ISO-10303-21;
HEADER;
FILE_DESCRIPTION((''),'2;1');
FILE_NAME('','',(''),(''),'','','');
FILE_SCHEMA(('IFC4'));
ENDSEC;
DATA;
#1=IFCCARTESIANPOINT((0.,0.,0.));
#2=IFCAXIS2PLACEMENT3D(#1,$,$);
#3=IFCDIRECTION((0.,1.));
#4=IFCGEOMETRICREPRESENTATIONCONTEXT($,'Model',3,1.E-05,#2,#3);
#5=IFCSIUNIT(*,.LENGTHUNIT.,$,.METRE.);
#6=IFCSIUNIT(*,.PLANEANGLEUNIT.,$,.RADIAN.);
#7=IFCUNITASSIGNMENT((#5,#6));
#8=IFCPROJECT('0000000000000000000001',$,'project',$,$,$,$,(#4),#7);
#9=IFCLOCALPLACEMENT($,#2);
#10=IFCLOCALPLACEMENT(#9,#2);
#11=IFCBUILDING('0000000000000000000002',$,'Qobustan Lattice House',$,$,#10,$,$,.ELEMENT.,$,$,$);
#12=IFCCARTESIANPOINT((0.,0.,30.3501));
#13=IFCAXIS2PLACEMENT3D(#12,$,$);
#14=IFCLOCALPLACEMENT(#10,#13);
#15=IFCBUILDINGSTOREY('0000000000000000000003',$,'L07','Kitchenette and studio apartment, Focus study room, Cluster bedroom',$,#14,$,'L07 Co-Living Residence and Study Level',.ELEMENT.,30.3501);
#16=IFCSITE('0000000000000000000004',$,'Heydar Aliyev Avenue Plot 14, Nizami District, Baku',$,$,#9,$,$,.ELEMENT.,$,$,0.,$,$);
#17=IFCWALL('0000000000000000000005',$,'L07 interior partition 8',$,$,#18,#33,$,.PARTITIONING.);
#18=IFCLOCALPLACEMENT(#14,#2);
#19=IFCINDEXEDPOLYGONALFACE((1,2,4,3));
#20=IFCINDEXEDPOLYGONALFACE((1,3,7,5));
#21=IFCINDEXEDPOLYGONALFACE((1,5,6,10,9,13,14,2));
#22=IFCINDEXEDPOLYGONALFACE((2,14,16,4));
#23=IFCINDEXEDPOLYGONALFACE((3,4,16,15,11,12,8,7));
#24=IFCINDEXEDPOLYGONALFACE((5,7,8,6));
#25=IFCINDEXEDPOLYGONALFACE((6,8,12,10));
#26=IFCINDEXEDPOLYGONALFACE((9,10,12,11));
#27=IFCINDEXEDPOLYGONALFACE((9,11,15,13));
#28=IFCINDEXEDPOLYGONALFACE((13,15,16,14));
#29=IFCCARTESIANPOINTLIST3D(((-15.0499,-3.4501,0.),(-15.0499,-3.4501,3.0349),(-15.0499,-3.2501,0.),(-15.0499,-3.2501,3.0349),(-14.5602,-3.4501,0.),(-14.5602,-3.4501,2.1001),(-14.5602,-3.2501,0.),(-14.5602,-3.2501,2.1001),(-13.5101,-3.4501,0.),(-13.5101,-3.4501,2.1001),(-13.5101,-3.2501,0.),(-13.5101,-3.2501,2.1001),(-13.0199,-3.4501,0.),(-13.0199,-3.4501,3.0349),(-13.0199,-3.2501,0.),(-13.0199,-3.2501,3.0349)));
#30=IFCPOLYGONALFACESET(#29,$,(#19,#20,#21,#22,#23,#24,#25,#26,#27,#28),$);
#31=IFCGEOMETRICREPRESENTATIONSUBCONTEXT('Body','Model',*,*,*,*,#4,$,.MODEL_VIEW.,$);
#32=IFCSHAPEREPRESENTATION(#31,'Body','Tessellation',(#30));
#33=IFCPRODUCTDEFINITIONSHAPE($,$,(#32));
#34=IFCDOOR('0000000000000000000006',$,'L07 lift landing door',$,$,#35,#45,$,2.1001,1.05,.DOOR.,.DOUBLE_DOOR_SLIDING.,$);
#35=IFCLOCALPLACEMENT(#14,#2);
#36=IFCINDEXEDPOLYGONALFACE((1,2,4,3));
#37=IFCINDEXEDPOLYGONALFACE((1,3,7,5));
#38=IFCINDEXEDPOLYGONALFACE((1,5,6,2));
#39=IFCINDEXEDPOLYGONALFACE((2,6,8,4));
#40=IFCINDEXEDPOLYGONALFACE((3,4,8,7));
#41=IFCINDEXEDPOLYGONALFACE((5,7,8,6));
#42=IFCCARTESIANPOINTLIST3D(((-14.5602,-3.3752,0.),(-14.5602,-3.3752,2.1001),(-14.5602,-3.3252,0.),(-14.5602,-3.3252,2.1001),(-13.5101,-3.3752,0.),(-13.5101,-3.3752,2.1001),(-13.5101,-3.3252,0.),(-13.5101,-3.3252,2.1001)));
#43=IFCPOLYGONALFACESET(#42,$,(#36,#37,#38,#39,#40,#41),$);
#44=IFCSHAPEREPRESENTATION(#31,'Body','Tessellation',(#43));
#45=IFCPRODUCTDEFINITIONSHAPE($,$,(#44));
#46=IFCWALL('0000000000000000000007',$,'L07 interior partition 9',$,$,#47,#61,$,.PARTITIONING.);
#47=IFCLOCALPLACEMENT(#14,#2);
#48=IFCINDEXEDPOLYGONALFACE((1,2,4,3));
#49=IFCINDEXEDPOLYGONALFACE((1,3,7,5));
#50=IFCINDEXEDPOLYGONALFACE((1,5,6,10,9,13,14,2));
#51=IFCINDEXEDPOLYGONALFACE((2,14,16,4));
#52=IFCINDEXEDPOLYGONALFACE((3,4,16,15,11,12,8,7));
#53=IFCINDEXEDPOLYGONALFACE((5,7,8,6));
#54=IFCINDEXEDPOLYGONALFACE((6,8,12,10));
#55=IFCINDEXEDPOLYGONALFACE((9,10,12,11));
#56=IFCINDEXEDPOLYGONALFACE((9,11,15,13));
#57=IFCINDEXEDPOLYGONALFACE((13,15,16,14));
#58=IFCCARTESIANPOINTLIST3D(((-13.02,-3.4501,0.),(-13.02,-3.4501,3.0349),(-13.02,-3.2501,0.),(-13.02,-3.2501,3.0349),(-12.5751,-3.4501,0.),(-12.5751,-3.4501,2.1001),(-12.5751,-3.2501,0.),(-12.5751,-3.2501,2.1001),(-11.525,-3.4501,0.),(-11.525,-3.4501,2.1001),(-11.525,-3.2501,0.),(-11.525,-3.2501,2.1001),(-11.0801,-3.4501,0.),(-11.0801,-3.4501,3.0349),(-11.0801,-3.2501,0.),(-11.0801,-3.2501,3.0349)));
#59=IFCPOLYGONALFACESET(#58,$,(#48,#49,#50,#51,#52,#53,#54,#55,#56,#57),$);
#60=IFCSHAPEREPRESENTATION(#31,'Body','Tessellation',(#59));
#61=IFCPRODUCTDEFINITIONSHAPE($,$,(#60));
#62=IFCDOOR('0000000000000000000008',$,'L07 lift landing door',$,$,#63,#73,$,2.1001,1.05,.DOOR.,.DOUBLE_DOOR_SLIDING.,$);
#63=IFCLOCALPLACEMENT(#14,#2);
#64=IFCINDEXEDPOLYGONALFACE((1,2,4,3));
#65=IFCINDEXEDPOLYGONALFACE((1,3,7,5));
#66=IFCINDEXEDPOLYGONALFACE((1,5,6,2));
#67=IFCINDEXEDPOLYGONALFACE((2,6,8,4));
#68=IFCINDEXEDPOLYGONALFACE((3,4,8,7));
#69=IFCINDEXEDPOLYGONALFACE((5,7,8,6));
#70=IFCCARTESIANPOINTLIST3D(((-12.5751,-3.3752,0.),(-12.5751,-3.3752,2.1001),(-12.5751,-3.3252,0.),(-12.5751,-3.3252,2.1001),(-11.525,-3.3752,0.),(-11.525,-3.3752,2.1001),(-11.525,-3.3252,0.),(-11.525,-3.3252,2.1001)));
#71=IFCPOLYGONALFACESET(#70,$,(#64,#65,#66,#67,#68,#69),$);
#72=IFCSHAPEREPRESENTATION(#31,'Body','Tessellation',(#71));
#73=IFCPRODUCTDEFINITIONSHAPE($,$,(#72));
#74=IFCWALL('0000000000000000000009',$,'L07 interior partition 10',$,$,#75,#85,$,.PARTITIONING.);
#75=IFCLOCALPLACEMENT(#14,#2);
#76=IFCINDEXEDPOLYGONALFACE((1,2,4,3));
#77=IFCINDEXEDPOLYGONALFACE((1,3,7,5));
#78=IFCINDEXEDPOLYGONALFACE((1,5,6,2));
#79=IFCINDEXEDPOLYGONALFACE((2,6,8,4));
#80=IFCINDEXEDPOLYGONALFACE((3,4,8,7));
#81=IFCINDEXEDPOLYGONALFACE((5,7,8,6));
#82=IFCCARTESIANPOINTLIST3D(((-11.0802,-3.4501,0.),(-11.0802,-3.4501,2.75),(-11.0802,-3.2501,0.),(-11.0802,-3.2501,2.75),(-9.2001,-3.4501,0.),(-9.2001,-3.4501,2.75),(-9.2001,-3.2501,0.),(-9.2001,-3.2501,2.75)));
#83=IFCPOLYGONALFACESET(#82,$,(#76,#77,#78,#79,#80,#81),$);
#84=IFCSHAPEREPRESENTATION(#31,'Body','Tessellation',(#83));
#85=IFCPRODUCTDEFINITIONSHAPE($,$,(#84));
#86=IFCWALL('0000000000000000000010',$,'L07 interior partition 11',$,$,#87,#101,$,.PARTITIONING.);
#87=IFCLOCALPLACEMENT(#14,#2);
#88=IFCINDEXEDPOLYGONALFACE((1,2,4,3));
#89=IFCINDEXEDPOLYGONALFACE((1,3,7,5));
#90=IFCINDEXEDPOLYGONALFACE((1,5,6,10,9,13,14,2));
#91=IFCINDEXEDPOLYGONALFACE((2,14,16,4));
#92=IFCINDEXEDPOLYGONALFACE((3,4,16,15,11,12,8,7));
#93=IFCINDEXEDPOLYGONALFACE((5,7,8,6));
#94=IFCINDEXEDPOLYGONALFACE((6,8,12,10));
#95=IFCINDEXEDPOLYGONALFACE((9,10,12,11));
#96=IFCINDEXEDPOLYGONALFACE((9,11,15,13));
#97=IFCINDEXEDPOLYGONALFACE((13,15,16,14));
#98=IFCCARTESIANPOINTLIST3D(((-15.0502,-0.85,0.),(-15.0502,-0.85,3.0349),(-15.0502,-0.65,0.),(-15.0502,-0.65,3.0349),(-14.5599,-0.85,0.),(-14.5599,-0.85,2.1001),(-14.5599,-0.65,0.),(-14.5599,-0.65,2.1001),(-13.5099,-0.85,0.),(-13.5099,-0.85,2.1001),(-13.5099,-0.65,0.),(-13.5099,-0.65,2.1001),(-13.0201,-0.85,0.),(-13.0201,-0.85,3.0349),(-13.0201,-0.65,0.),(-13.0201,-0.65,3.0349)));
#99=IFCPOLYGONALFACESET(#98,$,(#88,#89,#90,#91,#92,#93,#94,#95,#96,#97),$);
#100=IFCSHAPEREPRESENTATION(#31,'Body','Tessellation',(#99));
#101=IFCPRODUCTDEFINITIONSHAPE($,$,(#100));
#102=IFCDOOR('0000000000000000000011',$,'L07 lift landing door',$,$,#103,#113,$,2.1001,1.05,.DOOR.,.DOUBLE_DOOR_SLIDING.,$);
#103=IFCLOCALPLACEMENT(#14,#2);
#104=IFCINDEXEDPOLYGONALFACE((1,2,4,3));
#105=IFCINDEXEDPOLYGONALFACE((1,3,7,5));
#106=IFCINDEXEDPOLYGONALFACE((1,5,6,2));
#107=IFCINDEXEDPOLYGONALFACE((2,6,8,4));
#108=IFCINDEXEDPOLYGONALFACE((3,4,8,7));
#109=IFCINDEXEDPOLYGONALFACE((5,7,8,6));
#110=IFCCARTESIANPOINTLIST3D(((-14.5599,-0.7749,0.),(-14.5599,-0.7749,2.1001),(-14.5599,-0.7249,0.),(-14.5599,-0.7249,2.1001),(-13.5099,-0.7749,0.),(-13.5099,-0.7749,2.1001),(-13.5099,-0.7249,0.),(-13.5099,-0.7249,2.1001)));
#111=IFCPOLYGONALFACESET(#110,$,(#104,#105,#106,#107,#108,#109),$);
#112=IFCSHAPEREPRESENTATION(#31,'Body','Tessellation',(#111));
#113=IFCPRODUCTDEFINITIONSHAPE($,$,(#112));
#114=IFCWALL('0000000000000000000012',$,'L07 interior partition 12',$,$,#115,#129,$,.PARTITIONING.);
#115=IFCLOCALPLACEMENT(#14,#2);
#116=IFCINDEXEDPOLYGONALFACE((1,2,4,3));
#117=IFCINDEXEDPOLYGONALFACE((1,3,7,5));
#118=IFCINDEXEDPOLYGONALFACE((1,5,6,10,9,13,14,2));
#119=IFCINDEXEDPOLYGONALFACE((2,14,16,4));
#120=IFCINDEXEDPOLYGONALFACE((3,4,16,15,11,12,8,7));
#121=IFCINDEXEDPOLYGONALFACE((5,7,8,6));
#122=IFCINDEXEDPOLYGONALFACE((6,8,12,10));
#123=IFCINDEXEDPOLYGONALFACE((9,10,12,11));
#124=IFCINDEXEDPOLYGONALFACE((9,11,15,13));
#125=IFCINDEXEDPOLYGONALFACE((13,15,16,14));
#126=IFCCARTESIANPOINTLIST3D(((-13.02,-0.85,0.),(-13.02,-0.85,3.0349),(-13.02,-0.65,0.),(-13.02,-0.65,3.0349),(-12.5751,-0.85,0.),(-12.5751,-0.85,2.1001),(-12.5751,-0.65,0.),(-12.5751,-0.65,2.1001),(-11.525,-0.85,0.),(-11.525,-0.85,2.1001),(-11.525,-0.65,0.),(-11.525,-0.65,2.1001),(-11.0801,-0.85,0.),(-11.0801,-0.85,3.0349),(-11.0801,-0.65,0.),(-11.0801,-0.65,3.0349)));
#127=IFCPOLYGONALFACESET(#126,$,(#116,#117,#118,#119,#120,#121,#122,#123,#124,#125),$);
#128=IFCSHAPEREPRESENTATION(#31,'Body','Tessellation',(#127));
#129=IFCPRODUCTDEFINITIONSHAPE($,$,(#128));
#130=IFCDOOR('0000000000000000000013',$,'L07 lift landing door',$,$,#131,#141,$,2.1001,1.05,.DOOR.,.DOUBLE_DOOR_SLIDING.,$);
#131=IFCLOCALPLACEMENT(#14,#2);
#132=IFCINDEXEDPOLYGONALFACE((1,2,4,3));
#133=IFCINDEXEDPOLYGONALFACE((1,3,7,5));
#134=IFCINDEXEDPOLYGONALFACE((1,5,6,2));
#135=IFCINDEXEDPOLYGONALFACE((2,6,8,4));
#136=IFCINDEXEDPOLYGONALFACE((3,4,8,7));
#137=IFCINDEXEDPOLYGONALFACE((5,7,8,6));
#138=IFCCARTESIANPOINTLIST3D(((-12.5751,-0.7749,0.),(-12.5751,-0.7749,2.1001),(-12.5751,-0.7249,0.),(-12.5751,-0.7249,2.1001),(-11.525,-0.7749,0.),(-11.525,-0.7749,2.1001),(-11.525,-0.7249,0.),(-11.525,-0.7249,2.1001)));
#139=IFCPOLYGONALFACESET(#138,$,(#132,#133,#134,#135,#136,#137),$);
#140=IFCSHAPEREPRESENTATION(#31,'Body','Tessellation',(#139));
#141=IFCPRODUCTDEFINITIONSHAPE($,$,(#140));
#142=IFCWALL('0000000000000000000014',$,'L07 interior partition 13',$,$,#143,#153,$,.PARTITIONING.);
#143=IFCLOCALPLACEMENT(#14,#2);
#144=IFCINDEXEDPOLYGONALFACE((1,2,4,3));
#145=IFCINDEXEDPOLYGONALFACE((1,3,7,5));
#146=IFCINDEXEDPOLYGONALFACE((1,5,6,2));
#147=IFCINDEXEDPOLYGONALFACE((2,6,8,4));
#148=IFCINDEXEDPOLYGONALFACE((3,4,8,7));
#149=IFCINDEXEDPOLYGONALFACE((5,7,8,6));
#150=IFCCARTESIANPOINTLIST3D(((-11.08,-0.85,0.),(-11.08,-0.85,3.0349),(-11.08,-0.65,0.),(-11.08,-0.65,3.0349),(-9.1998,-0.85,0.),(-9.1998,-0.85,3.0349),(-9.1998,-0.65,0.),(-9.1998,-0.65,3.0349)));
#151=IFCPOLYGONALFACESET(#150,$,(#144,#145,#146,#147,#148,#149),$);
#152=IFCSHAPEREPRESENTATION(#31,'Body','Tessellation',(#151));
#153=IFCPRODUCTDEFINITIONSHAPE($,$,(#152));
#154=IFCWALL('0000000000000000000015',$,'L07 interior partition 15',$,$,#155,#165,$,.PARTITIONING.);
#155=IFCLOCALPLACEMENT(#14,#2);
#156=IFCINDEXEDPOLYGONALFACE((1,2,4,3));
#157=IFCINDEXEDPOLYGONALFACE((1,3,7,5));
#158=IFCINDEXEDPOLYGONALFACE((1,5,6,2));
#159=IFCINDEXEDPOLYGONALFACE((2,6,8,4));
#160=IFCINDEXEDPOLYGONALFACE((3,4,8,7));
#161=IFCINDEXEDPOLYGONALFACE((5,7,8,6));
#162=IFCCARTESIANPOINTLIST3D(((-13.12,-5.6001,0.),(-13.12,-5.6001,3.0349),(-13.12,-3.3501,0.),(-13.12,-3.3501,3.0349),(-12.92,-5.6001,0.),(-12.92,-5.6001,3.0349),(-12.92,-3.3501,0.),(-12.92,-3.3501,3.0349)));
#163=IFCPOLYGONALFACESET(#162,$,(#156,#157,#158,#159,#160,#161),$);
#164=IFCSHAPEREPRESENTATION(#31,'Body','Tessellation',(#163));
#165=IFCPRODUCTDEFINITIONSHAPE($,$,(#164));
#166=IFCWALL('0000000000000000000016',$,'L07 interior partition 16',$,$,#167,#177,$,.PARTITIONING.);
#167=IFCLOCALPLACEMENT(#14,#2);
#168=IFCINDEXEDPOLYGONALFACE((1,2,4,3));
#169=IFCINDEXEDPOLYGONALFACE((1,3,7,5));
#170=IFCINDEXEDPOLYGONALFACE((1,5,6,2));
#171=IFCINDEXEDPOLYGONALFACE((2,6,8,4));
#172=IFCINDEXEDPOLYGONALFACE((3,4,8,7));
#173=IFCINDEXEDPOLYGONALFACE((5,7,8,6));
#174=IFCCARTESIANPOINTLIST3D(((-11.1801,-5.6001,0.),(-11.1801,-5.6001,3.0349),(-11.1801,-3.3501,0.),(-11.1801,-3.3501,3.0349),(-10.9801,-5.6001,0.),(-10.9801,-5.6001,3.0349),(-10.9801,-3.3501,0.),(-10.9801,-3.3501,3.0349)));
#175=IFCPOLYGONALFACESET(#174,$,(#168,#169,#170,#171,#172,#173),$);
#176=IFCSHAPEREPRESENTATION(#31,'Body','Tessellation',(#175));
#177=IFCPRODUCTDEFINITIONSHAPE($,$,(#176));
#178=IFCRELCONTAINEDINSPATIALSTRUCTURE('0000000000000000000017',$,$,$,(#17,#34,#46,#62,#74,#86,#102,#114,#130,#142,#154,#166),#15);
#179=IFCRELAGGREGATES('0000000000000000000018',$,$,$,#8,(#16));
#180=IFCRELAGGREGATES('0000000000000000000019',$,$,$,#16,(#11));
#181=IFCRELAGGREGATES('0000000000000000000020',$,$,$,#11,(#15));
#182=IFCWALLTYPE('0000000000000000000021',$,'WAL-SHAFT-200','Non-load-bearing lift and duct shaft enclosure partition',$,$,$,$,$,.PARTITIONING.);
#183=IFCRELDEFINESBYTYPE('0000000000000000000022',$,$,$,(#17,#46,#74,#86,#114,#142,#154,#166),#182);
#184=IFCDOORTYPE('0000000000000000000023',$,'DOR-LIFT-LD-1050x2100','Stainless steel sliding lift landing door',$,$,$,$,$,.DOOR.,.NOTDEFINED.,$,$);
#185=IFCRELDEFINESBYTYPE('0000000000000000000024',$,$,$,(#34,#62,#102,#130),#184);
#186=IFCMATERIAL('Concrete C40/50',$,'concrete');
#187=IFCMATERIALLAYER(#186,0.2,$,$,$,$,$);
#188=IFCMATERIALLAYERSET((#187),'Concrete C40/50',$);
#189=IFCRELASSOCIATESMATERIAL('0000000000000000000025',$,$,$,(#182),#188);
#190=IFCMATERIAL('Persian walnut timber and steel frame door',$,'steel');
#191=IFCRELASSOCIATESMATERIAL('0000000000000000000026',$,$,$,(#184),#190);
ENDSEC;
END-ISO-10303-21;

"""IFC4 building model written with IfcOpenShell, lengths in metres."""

from ifc_helpers import new_model, si_unit, direction, frame, frame_2d, origin, place, context, subcontext, project, spatial, rectangle, extrude, material, layer, layer_set, type_object, element, fill, save


model = new_model("IFC4")

# Units and contexts
model_context = context("Model", 3, precision=1e-05, world=origin(), true_north=direction((0.0, 1.0)))
body_context = subcontext(model_context, "Body", "Model", "MODEL_VIEW")
ifc_project = project(units=[si_unit("LENGTHUNIT", "METRE"), si_unit("PLANEANGLEUNIT", "RADIAN")], contexts=[model_context])

# Site, building, storey
site_placement = place(None, origin())
site = spatial("IfcSite", under=ifc_project, at=site_placement, Name="Heydar Aliyev Avenue Plot 14, Nizami District, Baku", CompositionType="ELEMENT", RefElevation=0.0)
building_placement = place(site_placement, origin())
building = spatial("IfcBuilding", under=site, at=building_placement, Name="Qobustan Lattice House", CompositionType="ELEMENT")
storey_placement = place(building_placement, frame((0.0, 0.0, 30.3501)))
storey = spatial("IfcBuildingStorey", under=building, at=storey_placement, Name="L07", Description="Kitchenette and studio apartment, Focus study room, Cluster bedroom", LongName="L07 Co-Living Residence and Study Level", CompositionType="ELEMENT", Elevation=30.3501)

# Shared definitions
ifc_material_1 = material(Name="Concrete C40/50", Category="concrete")
ifc_layer_1 = layer(ifc_material_1, 0.2)
ifc_layer_set_1 = layer_set([ifc_layer_1], Name="Concrete C40/50")
wall_type_1 = type_object("IfcWallType", Name="WAL-SHAFT-200", Description="Non-load-bearing lift and duct shaft enclosure partition", PredefinedType="PARTITIONING", material=ifc_layer_set_1)

# Walls, openings, doors
wall_1_placement = place(storey_placement, frame((-15.05, -3.3501, 0.0), z_axis=(0.0, 0.0, 1.0), x_axis=(1.0, 0.0, 0.0)))
wall_1 = element("IfcWall", 1, at=wall_1_placement, inside=storey, type_object=wall_type_1, Name="L07 interior partition 8", PredefinedType="PARTITIONING", context=body_context, shape_type="SweptSolid", body=[
    extrude(rectangle(XDim=2.03, YDim=0.2, at=frame_2d((1.0151, 0.0))), origin(), (0.0, 0.0, 1.0), 3.0349),
])
opening_1_placement = place(wall_1_placement, frame((0.49, 0.0, 0.0)))
opening_1 = element("IfcOpeningElement", 2, at=opening_1_placement, cuts=wall_1, PredefinedType="OPENING", context=body_context, shape_type="SweptSolid", body=[
    extrude(rectangle(XDim=1.05, YDim=2.1001, at=frame_2d((0.5249, 1.05))), frame((0.0, 0.1099, 0.0), z_axis=(0.0, -1.0, 0.0), x_axis=(1.0, 0.0, 0.0)), (0.0, 0.0, 1.0), 0.22),
])
ifc_material_2 = material(Name="Persian walnut timber and steel frame door", Category="steel")
door_type_1 = type_object("IfcDoorType", Name="DOR-LIFT-LD-1050x2100", Description="Stainless steel sliding lift landing door", OperationType="NOTDEFINED", PredefinedType="DOOR", material=ifc_material_2)
door_1_placement = place(opening_1_placement, origin())
door_1 = element("IfcDoor", 3, at=door_1_placement, inside=storey, type_object=door_type_1, Name="L07 lift landing door", OperationType="DOUBLE_DOOR_SLIDING", OverallHeight=2.1001, OverallWidth=1.05, PredefinedType="DOOR", context=body_context, shape_type="SweptSolid", body=[
    extrude(rectangle(XDim=1.05, YDim=2.1001, at=frame_2d((0.5249, 1.05))), frame((0.0, 0.0249, 0.0), z_axis=(0.0, -1.0, 0.0), x_axis=(1.0, 0.0, 0.0)), (0.0, 0.0, 1.0), 0.05),
])
fill(opening_1, door_1)
wall_2_placement = place(storey_placement, frame((-13.02, -3.3501, 0.0), z_axis=(0.0, 0.0, 1.0), x_axis=(1.0, 0.0, 0.0)))
wall_2 = element("IfcWall", 4, at=wall_2_placement, inside=storey, type_object=wall_type_1, Name="L07 interior partition 9", PredefinedType="PARTITIONING", context=body_context, shape_type="SweptSolid", body=[
    extrude(rectangle(XDim=1.9399, YDim=0.2, at=frame_2d((0.97, 0.0))), origin(), (0.0, 0.0, 1.0), 3.0349),
])
opening_2_placement = place(wall_2_placement, frame((0.4451, 0.0, 0.0)))
opening_2 = element("IfcOpeningElement", 5, at=opening_2_placement, cuts=wall_2, PredefinedType="OPENING", context=body_context, shape_type="SweptSolid", body=[
    extrude(rectangle(XDim=1.05, YDim=2.1001, at=frame_2d((0.5249, 1.05))), frame((0.0, 0.1099, 0.0), z_axis=(0.0, -1.0, 0.0), x_axis=(1.0, 0.0, 0.0)), (0.0, 0.0, 1.0), 0.22),
])
door_2_placement = place(opening_2_placement, origin())
door_2 = element("IfcDoor", 6, at=door_2_placement, inside=storey, type_object=door_type_1, Name="L07 lift landing door", OperationType="DOUBLE_DOOR_SLIDING", OverallHeight=2.1001, OverallWidth=1.05, PredefinedType="DOOR", context=body_context, shape_type="SweptSolid", body=[
    extrude(rectangle(XDim=1.05, YDim=2.1001, at=frame_2d((0.5249, 1.05))), frame((0.0, 0.0249, 0.0), z_axis=(0.0, -1.0, 0.0), x_axis=(1.0, 0.0, 0.0)), (0.0, 0.0, 1.0), 0.05),
])
fill(opening_2, door_2)

# Wall
wall_3_placement = place(storey_placement, frame((-11.0801, -3.3501, 0.0), z_axis=(0.0, 0.0, 1.0), x_axis=(1.0, 0.0, 0.0)))
element("IfcWall", 7, at=wall_3_placement, inside=storey, type_object=wall_type_1, Name="L07 interior partition 10", PredefinedType="PARTITIONING", context=body_context, shape_type="SweptSolid", body=[
    extrude(rectangle(XDim=1.8801, YDim=0.2, at=frame_2d((0.9399, 0.0))), origin(), (0.0, 0.0, 1.0), 2.75),
])

# Walls, openings, doors
wall_4_placement = place(storey_placement, frame((-13.02, -0.75, 0.0), z_axis=(0.0, 0.0, 1.0), x_axis=(-1.0, 0.0, 0.0)))
wall_4 = element("IfcWall", 8, at=wall_4_placement, inside=storey, type_object=wall_type_1, Name="L07 interior partition 11", PredefinedType="PARTITIONING", context=body_context, shape_type="SweptSolid", body=[
    extrude(rectangle(XDim=2.03, YDim=0.2, at=frame_2d((1.0151, 0.0))), origin(), (0.0, 0.0, 1.0), 3.0349),
])
opening_3_placement = place(wall_4_placement, frame((0.49, 0.0, 0.0)))
opening_3 = element("IfcOpeningElement", 9, at=opening_3_placement, cuts=wall_4, PredefinedType="OPENING", context=body_context, shape_type="SweptSolid", body=[
    extrude(rectangle(XDim=1.05, YDim=2.1001, at=frame_2d((0.5249, 1.05))), frame((0.0, 0.1099, 0.0), z_axis=(0.0, -1.0, 0.0), x_axis=(1.0, 0.0, 0.0)), (0.0, 0.0, 1.0), 0.22),
])
door_3_placement = place(opening_3_placement, origin())
door_3 = element("IfcDoor", 10, at=door_3_placement, inside=storey, type_object=door_type_1, Name="L07 lift landing door", OperationType="DOUBLE_DOOR_SLIDING", OverallHeight=2.1001, OverallWidth=1.05, PredefinedType="DOOR", context=body_context, shape_type="SweptSolid", body=[
    extrude(rectangle(XDim=1.05, YDim=2.1001, at=frame_2d((0.5249, 1.05))), frame((0.0, 0.0249, 0.0), z_axis=(0.0, -1.0, 0.0), x_axis=(1.0, 0.0, 0.0)), (0.0, 0.0, 1.0), 0.05),
])
fill(opening_3, door_3)
wall_5_placement = place(storey_placement, frame((-11.0801, -0.75, 0.0), z_axis=(0.0, 0.0, 1.0), x_axis=(-1.0, 0.0, 0.0)))
wall_5 = element("IfcWall", 11, at=wall_5_placement, inside=storey, type_object=wall_type_1, Name="L07 interior partition 12", PredefinedType="PARTITIONING", context=body_context, shape_type="SweptSolid", body=[
    extrude(rectangle(XDim=1.9399, YDim=0.2, at=frame_2d((0.97, 0.0))), origin(), (0.0, 0.0, 1.0), 3.0349),
])
opening_4_placement = place(wall_5_placement, frame((0.4451, 0.0, 0.0)))
opening_4 = element("IfcOpeningElement", 12, at=opening_4_placement, cuts=wall_5, PredefinedType="OPENING", context=body_context, shape_type="SweptSolid", body=[
    extrude(rectangle(XDim=1.05, YDim=2.1001, at=frame_2d((0.5249, 1.05))), frame((0.0, 0.1099, 0.0), z_axis=(0.0, -1.0, 0.0), x_axis=(1.0, 0.0, 0.0)), (0.0, 0.0, 1.0), 0.22),
])
door_4_placement = place(opening_4_placement, origin())
door_4 = element("IfcDoor", 13, at=door_4_placement, inside=storey, type_object=door_type_1, Name="L07 lift landing door", OperationType="DOUBLE_DOOR_SLIDING", OverallHeight=2.1001, OverallWidth=1.05, PredefinedType="DOOR", context=body_context, shape_type="SweptSolid", body=[
    extrude(rectangle(XDim=1.05, YDim=2.1001, at=frame_2d((0.5249, 1.05))), frame((0.0, 0.0249, 0.0), z_axis=(0.0, -1.0, 0.0), x_axis=(1.0, 0.0, 0.0)), (0.0, 0.0, 1.0), 0.05),
])
fill(opening_4, door_4)

# Walls
wall_6_placement = place(storey_placement, frame((-9.2, -0.75, 0.0), z_axis=(0.0, 0.0, 1.0), x_axis=(-1.0, 0.0, 0.0)))
element("IfcWall", 14, at=wall_6_placement, inside=storey, type_object=wall_type_1, Name="L07 interior partition 13", PredefinedType="PARTITIONING", context=body_context, shape_type="SweptSolid", body=[
    extrude(rectangle(XDim=1.8801, YDim=0.2, at=frame_2d((0.9399, 0.0))), origin(), (0.0, 0.0, 1.0), 3.0349),
])
for number, where, z_axis, x_axis, name in (
    (15, (-13.02, -5.6001, 0.0), (0.0, 0.0, 1.0), (0.0, 1.0, 0.0), "L07 interior partition 15"),
    (16, (-11.0801, -5.6001, 0.0), (0.0, 0.0, 1.0), (0.0, 1.0, 0.0), "L07 interior partition 16"),
):
    element("IfcWall", number, at=place(storey_placement, frame(where, z_axis=z_axis, x_axis=x_axis)), inside=storey, type_object=wall_type_1, Name=name, PredefinedType="PARTITIONING", context=body_context, shape_type="SweptSolid", body=[
        extrude(rectangle(XDim=2.25, YDim=0.2, at=frame_2d((1.125, 0.0))), origin(), (0.0, 0.0, 1.0), 3.0349),
    ])

save(model, "model.ifc")
